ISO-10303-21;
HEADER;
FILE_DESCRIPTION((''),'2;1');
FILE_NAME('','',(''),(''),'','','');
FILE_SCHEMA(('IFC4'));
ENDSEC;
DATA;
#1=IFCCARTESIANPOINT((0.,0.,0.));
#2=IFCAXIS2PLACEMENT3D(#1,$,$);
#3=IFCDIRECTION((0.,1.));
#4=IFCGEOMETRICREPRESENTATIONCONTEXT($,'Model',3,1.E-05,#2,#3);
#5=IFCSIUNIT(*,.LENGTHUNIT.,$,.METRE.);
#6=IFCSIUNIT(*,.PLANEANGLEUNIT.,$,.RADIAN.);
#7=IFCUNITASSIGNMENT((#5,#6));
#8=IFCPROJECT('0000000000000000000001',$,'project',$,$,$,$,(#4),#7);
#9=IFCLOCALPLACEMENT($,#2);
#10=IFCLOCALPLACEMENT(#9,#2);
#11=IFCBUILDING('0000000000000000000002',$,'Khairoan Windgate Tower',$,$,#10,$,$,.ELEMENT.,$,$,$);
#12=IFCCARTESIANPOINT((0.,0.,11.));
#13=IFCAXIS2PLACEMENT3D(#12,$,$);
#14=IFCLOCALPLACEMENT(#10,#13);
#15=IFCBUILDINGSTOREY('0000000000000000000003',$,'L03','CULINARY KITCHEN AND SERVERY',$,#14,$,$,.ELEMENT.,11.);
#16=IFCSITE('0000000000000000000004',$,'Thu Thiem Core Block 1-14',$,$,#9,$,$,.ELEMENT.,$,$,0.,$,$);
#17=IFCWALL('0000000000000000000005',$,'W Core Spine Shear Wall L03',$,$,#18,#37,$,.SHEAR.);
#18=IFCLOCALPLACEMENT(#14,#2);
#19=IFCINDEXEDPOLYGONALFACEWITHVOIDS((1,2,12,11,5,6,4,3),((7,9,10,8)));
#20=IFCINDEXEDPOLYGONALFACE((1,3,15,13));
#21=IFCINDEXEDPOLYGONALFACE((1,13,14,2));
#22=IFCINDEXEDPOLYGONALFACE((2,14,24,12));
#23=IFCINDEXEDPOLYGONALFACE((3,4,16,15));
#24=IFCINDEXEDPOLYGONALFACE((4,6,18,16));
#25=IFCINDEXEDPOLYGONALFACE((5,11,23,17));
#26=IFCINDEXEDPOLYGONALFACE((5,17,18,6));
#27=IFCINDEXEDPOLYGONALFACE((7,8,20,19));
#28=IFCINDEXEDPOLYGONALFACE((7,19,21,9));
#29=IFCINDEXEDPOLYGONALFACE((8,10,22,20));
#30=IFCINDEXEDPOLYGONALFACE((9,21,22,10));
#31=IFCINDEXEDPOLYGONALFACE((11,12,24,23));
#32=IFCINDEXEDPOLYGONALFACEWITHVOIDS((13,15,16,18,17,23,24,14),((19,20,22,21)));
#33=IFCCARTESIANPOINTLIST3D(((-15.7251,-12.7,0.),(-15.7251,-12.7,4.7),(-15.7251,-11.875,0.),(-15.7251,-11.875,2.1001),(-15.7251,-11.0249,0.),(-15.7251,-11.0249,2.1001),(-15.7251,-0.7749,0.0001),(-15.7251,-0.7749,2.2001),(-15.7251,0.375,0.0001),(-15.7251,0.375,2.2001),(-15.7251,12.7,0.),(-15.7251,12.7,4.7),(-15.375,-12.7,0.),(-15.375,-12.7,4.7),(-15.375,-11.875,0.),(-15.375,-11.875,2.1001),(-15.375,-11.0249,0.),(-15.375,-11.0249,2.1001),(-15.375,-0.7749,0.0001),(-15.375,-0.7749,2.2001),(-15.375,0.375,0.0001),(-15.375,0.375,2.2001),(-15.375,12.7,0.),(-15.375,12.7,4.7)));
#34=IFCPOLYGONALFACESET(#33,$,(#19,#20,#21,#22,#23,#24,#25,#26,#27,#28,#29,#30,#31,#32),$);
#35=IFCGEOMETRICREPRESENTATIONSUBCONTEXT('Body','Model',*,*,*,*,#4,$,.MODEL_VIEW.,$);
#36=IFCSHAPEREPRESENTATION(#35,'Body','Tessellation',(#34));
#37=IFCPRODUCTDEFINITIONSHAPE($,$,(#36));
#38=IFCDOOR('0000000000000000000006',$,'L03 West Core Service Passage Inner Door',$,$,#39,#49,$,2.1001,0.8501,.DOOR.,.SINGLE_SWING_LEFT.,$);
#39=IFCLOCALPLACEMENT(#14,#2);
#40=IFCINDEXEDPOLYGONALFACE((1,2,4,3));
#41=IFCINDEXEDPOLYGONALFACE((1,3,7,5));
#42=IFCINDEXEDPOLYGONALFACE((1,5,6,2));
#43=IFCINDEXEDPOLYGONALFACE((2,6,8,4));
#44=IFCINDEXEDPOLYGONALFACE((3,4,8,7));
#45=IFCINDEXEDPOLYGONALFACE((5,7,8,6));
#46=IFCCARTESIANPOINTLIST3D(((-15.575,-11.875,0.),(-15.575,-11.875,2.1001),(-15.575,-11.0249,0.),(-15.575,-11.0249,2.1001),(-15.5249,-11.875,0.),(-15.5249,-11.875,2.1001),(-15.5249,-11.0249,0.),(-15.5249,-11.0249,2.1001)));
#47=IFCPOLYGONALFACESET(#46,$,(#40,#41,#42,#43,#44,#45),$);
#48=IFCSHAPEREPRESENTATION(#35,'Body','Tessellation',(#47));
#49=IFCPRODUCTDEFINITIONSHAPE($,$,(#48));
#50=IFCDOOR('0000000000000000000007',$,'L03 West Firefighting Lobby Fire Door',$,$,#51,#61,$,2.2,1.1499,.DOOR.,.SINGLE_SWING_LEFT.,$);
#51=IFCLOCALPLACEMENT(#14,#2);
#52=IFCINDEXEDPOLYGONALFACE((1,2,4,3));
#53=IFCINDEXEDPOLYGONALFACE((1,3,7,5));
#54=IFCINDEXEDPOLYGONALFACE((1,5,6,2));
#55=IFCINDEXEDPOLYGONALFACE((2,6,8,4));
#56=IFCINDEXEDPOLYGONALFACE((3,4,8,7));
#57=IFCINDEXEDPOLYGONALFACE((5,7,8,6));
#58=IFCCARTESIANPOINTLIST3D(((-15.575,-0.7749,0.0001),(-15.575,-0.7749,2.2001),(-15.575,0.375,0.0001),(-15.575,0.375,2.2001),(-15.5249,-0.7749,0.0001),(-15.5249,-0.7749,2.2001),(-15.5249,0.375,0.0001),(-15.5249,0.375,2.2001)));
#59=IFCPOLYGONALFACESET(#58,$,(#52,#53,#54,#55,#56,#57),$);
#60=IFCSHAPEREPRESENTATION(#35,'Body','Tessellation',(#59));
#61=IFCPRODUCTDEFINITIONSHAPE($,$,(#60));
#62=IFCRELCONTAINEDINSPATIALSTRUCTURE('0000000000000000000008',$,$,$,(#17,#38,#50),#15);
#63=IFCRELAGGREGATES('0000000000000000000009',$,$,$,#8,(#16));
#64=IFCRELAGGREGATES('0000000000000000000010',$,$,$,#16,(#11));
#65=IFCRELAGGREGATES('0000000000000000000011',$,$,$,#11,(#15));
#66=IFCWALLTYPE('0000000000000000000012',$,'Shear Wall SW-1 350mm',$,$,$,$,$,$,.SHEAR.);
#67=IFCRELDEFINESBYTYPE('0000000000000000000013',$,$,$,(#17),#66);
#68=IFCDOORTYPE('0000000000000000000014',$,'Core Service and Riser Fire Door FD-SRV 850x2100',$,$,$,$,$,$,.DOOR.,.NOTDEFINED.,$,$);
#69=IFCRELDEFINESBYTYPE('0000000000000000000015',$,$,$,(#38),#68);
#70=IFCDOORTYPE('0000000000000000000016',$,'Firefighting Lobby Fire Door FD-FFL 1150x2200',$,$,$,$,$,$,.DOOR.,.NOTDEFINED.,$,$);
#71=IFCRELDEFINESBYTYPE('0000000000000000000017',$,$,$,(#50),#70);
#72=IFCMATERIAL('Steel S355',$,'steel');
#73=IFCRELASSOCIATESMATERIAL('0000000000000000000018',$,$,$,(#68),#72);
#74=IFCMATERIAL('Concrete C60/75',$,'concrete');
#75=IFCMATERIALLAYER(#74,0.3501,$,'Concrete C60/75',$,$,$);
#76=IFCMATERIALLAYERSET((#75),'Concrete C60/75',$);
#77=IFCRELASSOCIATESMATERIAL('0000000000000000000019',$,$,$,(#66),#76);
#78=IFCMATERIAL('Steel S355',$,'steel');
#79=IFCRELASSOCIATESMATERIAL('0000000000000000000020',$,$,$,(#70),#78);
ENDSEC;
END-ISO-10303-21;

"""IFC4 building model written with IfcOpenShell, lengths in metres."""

from ifc_helpers import new_model, si_unit, direction, frame, frame_2d, origin, place, context, subcontext, project, spatial, rectangle, extrude, material, layer, layer_set, type_object, element, fill, save


model = new_model("IFC4")

# Units and contexts
model_context = context("Model", 3, precision=1e-05, world=origin(), true_north=direction((0.0, 1.0)))
body_context = subcontext(model_context, "Body", "Model", "MODEL_VIEW")
ifc_project = project(units=[si_unit("LENGTHUNIT", "METRE"), si_unit("PLANEANGLEUNIT", "RADIAN")], contexts=[model_context])

# Site, building, storey
site_placement = place(None, origin())
site = spatial("IfcSite", under=ifc_project, at=site_placement, Name="Thu Thiem Core Block 1-14", CompositionType="ELEMENT", RefElevation=0.0)
building_placement = place(site_placement, origin())
building = spatial("IfcBuilding", under=site, at=building_placement, Name="Khairoan Windgate Tower", CompositionType="ELEMENT")
storey_placement = place(building_placement, frame((0.0, 0.0, 11.0)))
storey = spatial("IfcBuildingStorey", under=building, at=storey_placement, Name="L03", Description="CULINARY KITCHEN AND SERVERY", CompositionType="ELEMENT", Elevation=11.0)

# Shared definitions
ifc_material_1 = material(Name="Steel S355", Category="steel")
door_type_1 = type_object("IfcDoorType", Name="Core Service and Riser Fire Door FD-SRV 850x2100", OperationType="NOTDEFINED", PredefinedType="DOOR", material=ifc_material_1)

# Wall, openings, doors
ifc_material_2 = material(Name="Concrete C60/75", Category="concrete")
ifc_layer_1 = layer(ifc_material_2, 0.3501, Name="Concrete C60/75")
ifc_layer_set_1 = layer_set([ifc_layer_1], Name="Concrete C60/75")
wall_type_1 = type_object("IfcWallType", Name="Shear Wall SW-1 350mm", PredefinedType="SHEAR", material=ifc_layer_set_1)
wall_1_placement = place(storey_placement, frame((-15.55, -12.7, 0.0), z_axis=(0.0, 0.0, 1.0), x_axis=(0.0, 1.0, 0.0)))
wall_1 = element("IfcWall", 1, at=wall_1_placement, inside=storey, type_object=wall_type_1, Name="W Core Spine Shear Wall L03", PredefinedType="SHEAR", context=body_context, shape_type="SweptSolid", body=[
    extrude(rectangle(XDim=25.3999, YDim=0.3501, at=frame_2d((12.7, 0.0))), origin(), (0.0, 0.0, 1.0), 4.7),
])
opening_1_placement = place(wall_1_placement, frame((11.925, 0.0, 0.0)))
opening_1 = element("IfcOpeningElement", 2, at=opening_1_placement, cuts=wall_1, PredefinedType="OPENING", context=body_context, shape_type="SweptSolid", body=[
    extrude(rectangle(XDim=1.1499, YDim=2.2, at=frame_2d((0.575, 1.1001))), frame((0.0, 0.1851, 0.0), z_axis=(0.0, -1.0, 0.0), x_axis=(1.0, 0.0, 0.0)), (0.0, 0.0, 1.0), 0.3701),
])
opening_2_placement = place(wall_1_placement, frame((0.825, 0.0, 0.0)))
opening_2 = element("IfcOpeningElement", 3, at=opening_2_placement, cuts=wall_1, PredefinedType="OPENING", context=body_context, shape_type="SweptSolid", body=[
    extrude(rectangle(XDim=0.8501, YDim=2.1001, at=frame_2d((0.425, 1.05))), frame((0.0, 0.1851, 0.0), z_axis=(0.0, -1.0, 0.0), x_axis=(1.0, 0.0, 0.0)), (0.0, 0.0, 1.0), 0.3701),
])
door_1_placement = place(opening_2_placement, origin())
door_1 = element("IfcDoor", 4, at=door_1_placement, inside=storey, type_object=door_type_1, Name="L03 West Core Service Passage Inner Door", OperationType="SINGLE_SWING_LEFT", OverallHeight=2.1001, OverallWidth=0.8501, PredefinedType="DOOR", context=body_context, shape_type="SweptSolid", body=[
    extrude(rectangle(XDim=0.8501, YDim=2.1001, at=frame_2d((0.425, 1.05))), frame((0.0, 0.0249, 0.0), z_axis=(0.0, -1.0, 0.0), x_axis=(1.0, 0.0, 0.0)), (0.0, 0.0, 1.0), 0.05),
])
fill(opening_2, door_1)
ifc_material_3 = material(Name="Steel S355", Category="steel")
door_type_2 = type_object("IfcDoorType", Name="Firefighting Lobby Fire Door FD-FFL 1150x2200", OperationType="NOTDEFINED", PredefinedType="DOOR", material=ifc_material_3)
door_2_placement = place(opening_1_placement, origin())
door_2 = element("IfcDoor", 5, at=door_2_placement, inside=storey, type_object=door_type_2, Name="L03 West Firefighting Lobby Fire Door", OperationType="SINGLE_SWING_LEFT", OverallHeight=2.2, OverallWidth=1.1499, PredefinedType="DOOR", context=body_context, shape_type="SweptSolid", body=[
    extrude(rectangle(XDim=1.1499, YDim=2.2, at=frame_2d((0.575, 1.1001))), frame((0.0, 0.0249, 0.0), z_axis=(0.0, -1.0, 0.0), x_axis=(1.0, 0.0, 0.0)), (0.0, 0.0, 1.0), 0.05),
])
fill(opening_1, door_2)

save(model, "model.ifc")
